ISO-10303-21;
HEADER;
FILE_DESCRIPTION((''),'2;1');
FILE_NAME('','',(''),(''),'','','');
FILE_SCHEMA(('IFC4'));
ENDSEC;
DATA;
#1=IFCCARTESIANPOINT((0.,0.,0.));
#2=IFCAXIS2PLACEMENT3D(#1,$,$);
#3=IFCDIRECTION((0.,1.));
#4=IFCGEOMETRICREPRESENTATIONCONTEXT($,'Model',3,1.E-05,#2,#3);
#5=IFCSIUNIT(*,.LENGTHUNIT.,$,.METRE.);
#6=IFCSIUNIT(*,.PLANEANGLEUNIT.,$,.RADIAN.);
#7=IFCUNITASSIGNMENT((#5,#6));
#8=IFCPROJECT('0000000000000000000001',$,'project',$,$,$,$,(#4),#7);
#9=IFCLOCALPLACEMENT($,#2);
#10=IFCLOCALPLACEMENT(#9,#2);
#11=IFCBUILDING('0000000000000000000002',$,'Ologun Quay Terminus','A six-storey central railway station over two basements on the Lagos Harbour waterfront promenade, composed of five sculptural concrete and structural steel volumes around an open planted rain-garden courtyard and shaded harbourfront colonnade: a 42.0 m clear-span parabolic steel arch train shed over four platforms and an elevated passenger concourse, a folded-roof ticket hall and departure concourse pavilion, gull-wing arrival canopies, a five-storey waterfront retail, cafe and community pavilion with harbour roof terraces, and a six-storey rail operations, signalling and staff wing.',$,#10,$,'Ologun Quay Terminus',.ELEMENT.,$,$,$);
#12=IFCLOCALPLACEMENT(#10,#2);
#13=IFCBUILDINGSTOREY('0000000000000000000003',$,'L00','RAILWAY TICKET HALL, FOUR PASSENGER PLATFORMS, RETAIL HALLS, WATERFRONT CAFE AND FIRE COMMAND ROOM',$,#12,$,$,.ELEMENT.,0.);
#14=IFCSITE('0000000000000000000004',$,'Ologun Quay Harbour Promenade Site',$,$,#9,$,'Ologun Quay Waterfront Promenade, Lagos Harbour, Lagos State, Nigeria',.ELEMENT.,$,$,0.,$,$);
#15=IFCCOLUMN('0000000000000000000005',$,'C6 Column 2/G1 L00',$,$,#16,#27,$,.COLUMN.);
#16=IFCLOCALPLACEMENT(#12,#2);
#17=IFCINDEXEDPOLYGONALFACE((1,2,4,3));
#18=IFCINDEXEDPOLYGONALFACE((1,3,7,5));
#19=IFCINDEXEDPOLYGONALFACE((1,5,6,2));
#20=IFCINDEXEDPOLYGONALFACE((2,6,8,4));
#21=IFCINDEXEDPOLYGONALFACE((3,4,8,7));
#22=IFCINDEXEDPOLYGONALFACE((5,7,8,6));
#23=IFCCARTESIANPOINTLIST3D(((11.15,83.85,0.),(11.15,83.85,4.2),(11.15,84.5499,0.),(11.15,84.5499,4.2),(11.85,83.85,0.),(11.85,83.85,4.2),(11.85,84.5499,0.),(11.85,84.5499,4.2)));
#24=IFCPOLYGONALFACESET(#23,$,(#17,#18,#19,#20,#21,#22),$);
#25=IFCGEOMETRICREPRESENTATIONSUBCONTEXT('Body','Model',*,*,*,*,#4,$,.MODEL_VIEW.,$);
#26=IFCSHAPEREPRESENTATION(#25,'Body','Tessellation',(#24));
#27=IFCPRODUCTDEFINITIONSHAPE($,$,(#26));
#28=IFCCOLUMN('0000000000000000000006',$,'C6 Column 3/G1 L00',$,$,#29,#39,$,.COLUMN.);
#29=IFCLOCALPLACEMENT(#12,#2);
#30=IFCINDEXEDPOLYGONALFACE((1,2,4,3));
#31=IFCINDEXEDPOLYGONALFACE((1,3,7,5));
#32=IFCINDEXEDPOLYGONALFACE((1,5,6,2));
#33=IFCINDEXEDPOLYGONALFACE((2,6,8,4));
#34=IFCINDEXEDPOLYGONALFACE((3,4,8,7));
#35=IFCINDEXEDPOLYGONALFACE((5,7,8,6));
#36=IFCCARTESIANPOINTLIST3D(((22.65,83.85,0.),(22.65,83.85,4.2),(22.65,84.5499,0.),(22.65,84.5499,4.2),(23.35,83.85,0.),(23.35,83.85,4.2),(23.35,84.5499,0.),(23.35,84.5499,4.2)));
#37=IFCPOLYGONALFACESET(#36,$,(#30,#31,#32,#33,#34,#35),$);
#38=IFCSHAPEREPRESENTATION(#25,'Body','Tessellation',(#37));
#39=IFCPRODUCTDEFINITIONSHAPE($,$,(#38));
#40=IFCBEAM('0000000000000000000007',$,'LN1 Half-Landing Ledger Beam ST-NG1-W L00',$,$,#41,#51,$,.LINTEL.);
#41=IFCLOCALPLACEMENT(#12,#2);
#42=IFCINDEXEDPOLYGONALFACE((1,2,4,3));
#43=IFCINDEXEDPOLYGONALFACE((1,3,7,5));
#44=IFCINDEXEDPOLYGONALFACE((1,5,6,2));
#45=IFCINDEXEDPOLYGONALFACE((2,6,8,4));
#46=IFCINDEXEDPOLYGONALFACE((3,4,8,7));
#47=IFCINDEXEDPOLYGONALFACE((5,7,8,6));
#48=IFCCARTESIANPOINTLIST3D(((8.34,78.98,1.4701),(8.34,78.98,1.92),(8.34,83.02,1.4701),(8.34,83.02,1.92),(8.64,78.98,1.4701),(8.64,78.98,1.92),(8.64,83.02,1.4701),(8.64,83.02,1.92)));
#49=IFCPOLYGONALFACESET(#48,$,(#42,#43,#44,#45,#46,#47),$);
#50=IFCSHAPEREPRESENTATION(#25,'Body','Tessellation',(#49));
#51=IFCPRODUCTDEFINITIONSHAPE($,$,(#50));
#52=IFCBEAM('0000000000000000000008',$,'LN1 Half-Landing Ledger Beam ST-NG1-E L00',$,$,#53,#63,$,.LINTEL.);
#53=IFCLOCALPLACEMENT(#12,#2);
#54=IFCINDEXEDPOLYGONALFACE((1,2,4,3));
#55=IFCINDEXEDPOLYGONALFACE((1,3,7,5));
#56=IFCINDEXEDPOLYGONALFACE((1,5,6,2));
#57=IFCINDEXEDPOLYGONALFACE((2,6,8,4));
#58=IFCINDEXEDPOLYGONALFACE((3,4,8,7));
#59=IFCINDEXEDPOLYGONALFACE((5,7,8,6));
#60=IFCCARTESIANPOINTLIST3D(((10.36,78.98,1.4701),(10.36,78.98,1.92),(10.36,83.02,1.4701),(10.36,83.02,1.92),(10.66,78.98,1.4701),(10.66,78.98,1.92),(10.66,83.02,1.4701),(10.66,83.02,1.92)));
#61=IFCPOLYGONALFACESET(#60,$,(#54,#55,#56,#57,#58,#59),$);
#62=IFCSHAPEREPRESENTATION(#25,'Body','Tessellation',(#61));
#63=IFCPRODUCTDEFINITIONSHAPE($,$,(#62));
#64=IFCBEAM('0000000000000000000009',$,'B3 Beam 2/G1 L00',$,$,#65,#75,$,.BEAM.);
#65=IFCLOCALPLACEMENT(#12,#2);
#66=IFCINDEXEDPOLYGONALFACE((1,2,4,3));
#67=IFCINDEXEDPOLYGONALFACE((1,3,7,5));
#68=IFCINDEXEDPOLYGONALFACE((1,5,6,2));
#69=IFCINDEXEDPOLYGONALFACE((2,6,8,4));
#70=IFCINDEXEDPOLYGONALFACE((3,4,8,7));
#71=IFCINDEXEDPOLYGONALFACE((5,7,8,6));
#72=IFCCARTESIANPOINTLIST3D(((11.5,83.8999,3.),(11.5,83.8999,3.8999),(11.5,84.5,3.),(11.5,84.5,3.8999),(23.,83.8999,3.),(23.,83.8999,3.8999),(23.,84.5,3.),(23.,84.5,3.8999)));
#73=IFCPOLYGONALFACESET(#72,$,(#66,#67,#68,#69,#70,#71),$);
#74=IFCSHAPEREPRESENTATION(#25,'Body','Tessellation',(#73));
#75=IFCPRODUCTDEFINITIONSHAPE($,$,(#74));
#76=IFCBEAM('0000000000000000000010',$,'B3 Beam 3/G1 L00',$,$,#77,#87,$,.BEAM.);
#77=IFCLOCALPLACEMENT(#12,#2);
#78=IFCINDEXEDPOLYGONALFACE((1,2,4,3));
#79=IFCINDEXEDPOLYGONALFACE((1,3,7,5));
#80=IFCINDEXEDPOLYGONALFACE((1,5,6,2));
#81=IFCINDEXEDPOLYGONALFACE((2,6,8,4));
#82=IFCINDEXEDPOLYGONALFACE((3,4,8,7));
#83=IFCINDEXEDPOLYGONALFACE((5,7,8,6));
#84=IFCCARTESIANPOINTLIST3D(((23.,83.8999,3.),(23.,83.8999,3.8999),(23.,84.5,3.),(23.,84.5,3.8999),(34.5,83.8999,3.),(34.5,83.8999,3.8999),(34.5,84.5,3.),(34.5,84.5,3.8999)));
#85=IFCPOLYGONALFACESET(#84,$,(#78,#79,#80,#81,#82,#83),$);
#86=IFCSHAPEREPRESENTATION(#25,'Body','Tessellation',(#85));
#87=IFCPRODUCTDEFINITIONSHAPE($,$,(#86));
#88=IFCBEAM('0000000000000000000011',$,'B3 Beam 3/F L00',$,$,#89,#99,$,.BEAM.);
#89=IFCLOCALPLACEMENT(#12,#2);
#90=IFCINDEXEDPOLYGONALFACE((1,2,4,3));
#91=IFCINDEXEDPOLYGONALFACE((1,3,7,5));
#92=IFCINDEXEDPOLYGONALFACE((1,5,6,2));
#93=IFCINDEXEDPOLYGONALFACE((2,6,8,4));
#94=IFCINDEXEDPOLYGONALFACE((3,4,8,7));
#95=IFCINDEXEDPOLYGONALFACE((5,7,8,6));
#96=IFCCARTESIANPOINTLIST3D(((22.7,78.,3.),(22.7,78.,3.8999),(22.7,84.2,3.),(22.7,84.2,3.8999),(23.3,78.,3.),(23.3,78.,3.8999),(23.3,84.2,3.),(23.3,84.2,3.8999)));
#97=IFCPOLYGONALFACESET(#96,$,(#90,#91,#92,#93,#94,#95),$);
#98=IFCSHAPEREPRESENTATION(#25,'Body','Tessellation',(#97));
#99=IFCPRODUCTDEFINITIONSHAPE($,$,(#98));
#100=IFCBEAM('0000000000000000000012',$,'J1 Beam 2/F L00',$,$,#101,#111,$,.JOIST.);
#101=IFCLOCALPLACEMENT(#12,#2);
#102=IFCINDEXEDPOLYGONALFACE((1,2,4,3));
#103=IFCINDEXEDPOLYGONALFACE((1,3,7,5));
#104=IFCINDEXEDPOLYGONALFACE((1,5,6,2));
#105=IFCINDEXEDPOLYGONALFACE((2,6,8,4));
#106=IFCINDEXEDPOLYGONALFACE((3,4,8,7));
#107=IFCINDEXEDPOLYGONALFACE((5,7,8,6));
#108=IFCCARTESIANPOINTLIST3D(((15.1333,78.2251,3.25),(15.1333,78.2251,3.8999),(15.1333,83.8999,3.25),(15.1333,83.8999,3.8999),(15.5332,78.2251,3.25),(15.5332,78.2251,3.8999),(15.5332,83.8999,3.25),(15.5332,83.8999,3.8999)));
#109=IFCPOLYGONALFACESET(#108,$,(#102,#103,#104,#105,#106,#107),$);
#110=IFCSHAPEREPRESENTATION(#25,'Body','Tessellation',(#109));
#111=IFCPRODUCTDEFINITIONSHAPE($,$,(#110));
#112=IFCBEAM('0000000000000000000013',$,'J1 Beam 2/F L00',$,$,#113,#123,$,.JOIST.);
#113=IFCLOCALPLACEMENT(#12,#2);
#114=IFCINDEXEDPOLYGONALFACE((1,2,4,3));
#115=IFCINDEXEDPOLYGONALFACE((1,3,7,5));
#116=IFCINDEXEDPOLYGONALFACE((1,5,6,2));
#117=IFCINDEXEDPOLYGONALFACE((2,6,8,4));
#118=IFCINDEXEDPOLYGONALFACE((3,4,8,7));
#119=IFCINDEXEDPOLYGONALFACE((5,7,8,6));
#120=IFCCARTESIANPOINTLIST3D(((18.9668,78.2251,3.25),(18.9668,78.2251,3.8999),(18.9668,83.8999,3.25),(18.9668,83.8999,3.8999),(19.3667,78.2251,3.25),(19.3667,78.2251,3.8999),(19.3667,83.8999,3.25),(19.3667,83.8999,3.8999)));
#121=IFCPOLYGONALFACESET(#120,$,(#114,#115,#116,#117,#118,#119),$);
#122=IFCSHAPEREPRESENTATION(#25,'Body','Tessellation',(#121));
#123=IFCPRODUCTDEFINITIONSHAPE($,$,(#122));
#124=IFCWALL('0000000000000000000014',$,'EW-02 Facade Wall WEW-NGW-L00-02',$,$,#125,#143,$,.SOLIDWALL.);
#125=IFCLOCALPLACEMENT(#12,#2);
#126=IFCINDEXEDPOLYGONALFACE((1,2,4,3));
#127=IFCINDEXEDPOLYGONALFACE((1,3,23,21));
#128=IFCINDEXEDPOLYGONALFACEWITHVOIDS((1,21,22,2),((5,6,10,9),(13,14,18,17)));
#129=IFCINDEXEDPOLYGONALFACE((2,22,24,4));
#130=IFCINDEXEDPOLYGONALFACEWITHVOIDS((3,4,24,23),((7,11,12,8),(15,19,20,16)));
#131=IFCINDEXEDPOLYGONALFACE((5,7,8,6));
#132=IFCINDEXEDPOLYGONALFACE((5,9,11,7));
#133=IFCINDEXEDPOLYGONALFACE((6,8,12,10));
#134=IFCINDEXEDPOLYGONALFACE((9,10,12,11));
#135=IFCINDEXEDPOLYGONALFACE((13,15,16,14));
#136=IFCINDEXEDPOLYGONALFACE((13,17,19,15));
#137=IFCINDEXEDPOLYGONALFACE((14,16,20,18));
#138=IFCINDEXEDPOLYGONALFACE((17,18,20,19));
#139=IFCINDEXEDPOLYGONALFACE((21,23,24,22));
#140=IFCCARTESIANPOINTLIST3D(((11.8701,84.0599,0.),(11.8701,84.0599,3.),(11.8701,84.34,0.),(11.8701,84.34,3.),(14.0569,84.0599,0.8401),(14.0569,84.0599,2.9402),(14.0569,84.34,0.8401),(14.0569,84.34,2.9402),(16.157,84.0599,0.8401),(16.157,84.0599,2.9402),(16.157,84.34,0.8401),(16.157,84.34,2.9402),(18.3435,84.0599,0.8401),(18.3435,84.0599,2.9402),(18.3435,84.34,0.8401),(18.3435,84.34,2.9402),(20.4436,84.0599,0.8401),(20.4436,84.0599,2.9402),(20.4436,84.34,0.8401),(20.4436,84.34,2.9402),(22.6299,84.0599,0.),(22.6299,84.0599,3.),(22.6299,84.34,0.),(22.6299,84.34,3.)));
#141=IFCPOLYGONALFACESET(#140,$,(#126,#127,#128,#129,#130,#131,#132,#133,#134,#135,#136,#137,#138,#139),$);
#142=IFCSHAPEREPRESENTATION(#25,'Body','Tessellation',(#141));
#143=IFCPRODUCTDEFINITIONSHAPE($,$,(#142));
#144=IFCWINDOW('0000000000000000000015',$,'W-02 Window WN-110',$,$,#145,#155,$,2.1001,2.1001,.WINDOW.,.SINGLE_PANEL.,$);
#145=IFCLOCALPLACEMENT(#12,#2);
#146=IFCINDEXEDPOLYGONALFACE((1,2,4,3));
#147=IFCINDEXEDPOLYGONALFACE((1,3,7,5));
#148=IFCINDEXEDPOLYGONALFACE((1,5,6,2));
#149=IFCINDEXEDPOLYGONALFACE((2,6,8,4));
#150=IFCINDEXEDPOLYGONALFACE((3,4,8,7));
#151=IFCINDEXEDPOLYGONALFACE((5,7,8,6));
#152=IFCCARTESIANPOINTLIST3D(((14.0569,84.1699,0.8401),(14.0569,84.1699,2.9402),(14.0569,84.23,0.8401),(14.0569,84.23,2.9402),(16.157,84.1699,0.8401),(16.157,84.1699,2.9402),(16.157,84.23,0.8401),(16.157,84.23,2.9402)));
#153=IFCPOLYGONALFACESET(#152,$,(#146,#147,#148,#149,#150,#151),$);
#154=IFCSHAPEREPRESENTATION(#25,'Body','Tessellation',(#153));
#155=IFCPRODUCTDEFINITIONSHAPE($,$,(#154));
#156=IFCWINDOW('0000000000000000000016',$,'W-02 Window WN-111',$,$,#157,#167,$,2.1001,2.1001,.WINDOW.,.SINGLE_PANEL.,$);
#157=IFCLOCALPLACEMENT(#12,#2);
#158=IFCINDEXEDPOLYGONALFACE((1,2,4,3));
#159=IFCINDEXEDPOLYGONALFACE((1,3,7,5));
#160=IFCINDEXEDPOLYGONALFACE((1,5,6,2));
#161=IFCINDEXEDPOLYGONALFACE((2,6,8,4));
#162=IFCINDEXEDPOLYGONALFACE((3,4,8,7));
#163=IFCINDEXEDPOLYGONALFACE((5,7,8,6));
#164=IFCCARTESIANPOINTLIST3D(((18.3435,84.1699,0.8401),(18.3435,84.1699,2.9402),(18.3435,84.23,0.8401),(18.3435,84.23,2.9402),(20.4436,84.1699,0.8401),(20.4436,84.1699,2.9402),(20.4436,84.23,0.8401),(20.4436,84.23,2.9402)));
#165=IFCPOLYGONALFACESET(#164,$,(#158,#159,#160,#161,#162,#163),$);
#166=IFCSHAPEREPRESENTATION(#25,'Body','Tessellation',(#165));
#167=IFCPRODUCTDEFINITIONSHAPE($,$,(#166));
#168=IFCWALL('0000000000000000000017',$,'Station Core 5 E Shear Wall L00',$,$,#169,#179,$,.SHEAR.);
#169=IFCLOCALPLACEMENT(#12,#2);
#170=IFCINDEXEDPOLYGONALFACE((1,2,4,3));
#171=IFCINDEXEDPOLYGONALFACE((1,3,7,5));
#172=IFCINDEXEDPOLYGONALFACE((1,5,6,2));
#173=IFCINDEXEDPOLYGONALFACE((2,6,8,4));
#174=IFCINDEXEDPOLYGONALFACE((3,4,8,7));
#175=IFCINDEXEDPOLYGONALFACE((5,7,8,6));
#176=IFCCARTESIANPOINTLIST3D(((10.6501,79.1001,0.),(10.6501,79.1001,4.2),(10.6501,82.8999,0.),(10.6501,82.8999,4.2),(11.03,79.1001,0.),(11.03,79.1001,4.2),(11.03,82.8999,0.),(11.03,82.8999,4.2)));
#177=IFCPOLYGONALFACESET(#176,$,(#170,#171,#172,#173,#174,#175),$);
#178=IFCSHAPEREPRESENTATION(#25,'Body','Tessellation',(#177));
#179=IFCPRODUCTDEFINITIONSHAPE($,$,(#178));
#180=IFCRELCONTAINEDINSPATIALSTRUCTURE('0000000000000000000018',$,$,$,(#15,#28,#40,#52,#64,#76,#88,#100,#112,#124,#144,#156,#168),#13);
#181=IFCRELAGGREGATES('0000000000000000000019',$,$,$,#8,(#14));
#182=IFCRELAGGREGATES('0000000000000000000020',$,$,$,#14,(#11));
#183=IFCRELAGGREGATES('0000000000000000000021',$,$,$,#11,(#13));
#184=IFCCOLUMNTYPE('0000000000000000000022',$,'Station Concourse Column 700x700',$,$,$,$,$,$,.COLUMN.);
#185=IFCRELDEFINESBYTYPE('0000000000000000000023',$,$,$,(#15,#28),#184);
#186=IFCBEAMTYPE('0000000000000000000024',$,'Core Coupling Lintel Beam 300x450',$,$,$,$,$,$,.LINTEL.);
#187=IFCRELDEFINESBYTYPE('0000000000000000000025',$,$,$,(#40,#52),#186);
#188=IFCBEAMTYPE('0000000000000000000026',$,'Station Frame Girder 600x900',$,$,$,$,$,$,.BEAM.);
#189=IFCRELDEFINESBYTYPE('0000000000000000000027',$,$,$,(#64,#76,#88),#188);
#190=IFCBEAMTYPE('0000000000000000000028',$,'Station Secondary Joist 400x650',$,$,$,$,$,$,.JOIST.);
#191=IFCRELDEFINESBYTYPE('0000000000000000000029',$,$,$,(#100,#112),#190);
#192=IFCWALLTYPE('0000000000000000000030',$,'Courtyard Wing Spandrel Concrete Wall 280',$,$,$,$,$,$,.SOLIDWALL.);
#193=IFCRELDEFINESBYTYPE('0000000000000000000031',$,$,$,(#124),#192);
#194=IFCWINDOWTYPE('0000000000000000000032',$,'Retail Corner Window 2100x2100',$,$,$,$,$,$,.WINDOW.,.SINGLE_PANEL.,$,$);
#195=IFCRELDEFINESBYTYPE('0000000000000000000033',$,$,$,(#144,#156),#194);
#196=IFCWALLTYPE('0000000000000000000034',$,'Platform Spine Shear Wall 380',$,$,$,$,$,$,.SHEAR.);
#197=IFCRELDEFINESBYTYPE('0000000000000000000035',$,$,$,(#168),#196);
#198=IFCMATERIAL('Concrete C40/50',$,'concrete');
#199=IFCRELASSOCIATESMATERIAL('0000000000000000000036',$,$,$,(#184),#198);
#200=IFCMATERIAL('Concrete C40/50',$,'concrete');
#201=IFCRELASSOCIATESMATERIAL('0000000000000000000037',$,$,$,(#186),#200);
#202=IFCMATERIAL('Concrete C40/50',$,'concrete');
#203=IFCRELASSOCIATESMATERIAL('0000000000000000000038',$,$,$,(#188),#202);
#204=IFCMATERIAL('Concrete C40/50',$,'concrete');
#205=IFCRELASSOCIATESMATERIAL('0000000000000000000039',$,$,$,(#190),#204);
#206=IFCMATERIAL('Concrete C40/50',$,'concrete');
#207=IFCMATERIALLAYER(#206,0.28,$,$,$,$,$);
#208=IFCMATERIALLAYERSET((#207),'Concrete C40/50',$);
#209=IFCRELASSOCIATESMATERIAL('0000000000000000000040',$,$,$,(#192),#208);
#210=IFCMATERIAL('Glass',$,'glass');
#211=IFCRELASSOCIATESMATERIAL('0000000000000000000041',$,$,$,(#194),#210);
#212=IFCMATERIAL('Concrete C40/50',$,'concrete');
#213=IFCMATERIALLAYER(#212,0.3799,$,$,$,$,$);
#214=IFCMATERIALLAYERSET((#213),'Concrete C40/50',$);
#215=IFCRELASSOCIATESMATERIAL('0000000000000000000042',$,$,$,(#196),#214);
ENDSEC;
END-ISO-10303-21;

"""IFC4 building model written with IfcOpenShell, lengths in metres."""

from ifc_helpers import new_model, si_unit, direction, frame, frame_2d, origin, origin_2d, place, context, subcontext, project, spatial, rectangle, extrude, material, layer, layer_set, material_profile, profile_set, type_object, element, fill, save


model = new_model("IFC4")

# Units and contexts
model_context = context("Model", 3, precision=1e-05, world=origin(), true_north=direction((0.0, 1.0)))
body_context = subcontext(model_context, "Body", "Model", "MODEL_VIEW")
ifc_project = project(units=[si_unit("LENGTHUNIT", "METRE"), si_unit("PLANEANGLEUNIT", "RADIAN")], contexts=[model_context])

# Site, building, storey
site_placement = place(None, origin())
site = spatial("IfcSite", under=ifc_project, at=site_placement, Name="Ologun Quay Harbour Promenade Site", LongName="Ologun Quay Waterfront Promenade, Lagos Harbour, Lagos State, Nigeria", CompositionType="ELEMENT", RefElevation=0.0)
building_placement = place(site_placement, origin())
building = spatial("IfcBuilding", under=site, at=building_placement, Name="Ologun Quay Terminus", Description="A six-storey central railway station over two basements on the Lagos Harbour waterfront promenade, composed of five sculptural concrete and structural steel volumes around an open planted rain-garden courtyard and shaded harbourfront colonnade: a 42.0 m clear-span parabolic steel arch train shed over four platforms and an elevated passenger concourse, a folded-roof ticket hall and departure concourse pavilion, gull-wing arrival canopies, a five-storey waterfront retail, cafe and community pavilion with harbour roof terraces, and a six-storey rail operations, signalling and staff wing.", LongName="Ologun Quay Terminus", CompositionType="ELEMENT")
storey_placement = place(building_placement, origin())
storey = spatial("IfcBuildingStorey", under=building, at=storey_placement, Name="L00", Description="RAILWAY TICKET HALL, FOUR PASSENGER PLATFORMS, RETAIL HALLS, WATERFRONT CAFE AND FIRE COMMAND ROOM", CompositionType="ELEMENT", Elevation=0.0)

# Columns
ifc_material_1 = material(Name="Concrete C40/50", Category="concrete")
ifc_material_profile_1 = material_profile(ifc_material_1, rectangle(XDim=0.7, YDim=0.7, at=origin_2d()), Name="RC 700x700")
ifc_profile_set_1 = profile_set([ifc_material_profile_1], Name="Concrete C40/50")
column_type = type_object("IfcColumnType", Name="Station Concourse Column 700x700", PredefinedType="COLUMN", material=ifc_profile_set_1)
for number, where, z_axis, x_axis, name in (
    (1, (11.5, 84.2, 0.0), (0.0, 0.0, 1.0), (1.0, 0.0, 0.0), "C6 Column 2/G1 L00"),
    (2, (23.0, 84.2, 0.0), (0.0, 0.0, 1.0), (1.0, 0.0, 0.0), "C6 Column 3/G1 L00"),
):
    element("IfcColumn", number, at=place(storey_placement, frame(where, z_axis=z_axis, x_axis=x_axis)), inside=storey, type_object=column_type, Name=name, PredefinedType="COLUMN", context=body_context, shape_type="SweptSolid", body=[
        extrude(rectangle(XDim=0.7, YDim=0.7, at=origin_2d()), origin(), (0.0, 0.0, 1.0), 4.2),
    ])

# Beams
ifc_material_2 = material(Name="Concrete C40/50", Category="concrete")
ifc_material_profile_2 = material_profile(ifc_material_2, rectangle(XDim=0.3, YDim=0.45, at=origin_2d()), Name="RC 300x450")
ifc_profile_set_2 = profile_set([ifc_material_profile_2], Name="Concrete C40/50")
beam_type_1 = type_object("IfcBeamType", Name="Core Coupling Lintel Beam 300x450", PredefinedType="LINTEL", material=ifc_profile_set_2)
for number, where, z_axis, x_axis, name in (
    (3, (8.49, 78.98, 1.6951), (0.0, 1.0, 0.0), (-1.0, 0.0, 0.0), "LN1 Half-Landing Ledger Beam ST-NG1-W L00"),
    (4, (10.51, 78.98, 1.6951), (0.0, 1.0, 0.0), (-1.0, 0.0, 0.0), "LN1 Half-Landing Ledger Beam ST-NG1-E L00"),
):
    element("IfcBeam", number, at=place(storey_placement, frame(where, z_axis=z_axis, x_axis=x_axis)), inside=storey, type_object=beam_type_1, Name=name, PredefinedType="LINTEL", context=body_context, shape_type="SweptSolid", body=[
        extrude(rectangle(XDim=0.3, YDim=0.45, at=origin_2d()), origin(), (0.0, 0.0, 1.0), 4.04),
    ])
ifc_material_3 = material(Name="Concrete C40/50", Category="concrete")
ifc_material_profile_3 = material_profile(ifc_material_3, rectangle(XDim=0.6001, YDim=0.8999, at=origin_2d()), Name="RC 600x900")
ifc_profile_set_3 = profile_set([ifc_material_profile_3], Name="Concrete C40/50")
beam_type_2 = type_object("IfcBeamType", Name="Station Frame Girder 600x900", PredefinedType="BEAM", material=ifc_profile_set_3)
for number, where, z_axis, x_axis, name in (
    (5, (11.5, 84.2, 3.45), (1.0, 0.0, 0.0), (0.0, 1.0, 0.0), "B3 Beam 2/G1 L00"),
    (6, (23.0, 84.2, 3.45), (1.0, 0.0, 0.0), (0.0, 1.0, 0.0), "B3 Beam 3/G1 L00"),
):
    element("IfcBeam", number, at=place(storey_placement, frame(where, z_axis=z_axis, x_axis=x_axis)), inside=storey, type_object=beam_type_2, Name=name, PredefinedType="BEAM", context=body_context, shape_type="SweptSolid", body=[
        extrude(rectangle(XDim=0.6001, YDim=0.8999, at=origin_2d()), origin(), (0.0, 0.0, 1.0), 11.5),
    ])
beam_placement = place(storey_placement, frame((23.0, 78.0, 3.45), z_axis=(0.0, 1.0, 0.0), x_axis=(-1.0, 0.0, 0.0)))
element("IfcBeam", 7, at=beam_placement, inside=storey, type_object=beam_type_2, Name="B3 Beam 3/F L00", PredefinedType="BEAM", context=body_context, shape_type="SweptSolid", body=[
    extrude(rectangle(XDim=0.6001, YDim=0.8999, at=origin_2d()), origin(), (0.0, 0.0, 1.0), 6.2),
])
ifc_material_4 = material(Name="Concrete C40/50", Category="concrete")
ifc_material_profile_4 = material_profile(ifc_material_4, rectangle(XDim=0.3999, YDim=0.6499, at=origin_2d()), Name="RC 400x650")
ifc_profile_set_4 = profile_set([ifc_material_profile_4], Name="Concrete C40/50")
beam_type_3 = type_object("IfcBeamType", Name="Station Secondary Joist 400x650", PredefinedType="JOIST", material=ifc_profile_set_4)
for number, where, z_axis, x_axis, name in (
    (8, (15.3333, 78.2251, 3.575), (0.0, 1.0, 0.0), (-1.0, 0.0, 0.0), "J1 Beam 2/F L00"),
    (9, (19.1667, 78.2251, 3.575), (0.0, 1.0, 0.0), (-1.0, 0.0, 0.0), "J1 Beam 2/F L00"),
):
    element("IfcBeam", number, at=place(storey_placement, frame(where, z_axis=z_axis, x_axis=x_axis)), inside=storey, type_object=beam_type_3, Name=name, PredefinedType="JOIST", context=body_context, shape_type="SweptSolid", body=[
        extrude(rectangle(XDim=0.3999, YDim=0.6499, at=origin_2d()), origin(), (0.0, 0.0, 1.0), 5.6748),
    ])

# Wall, openings, windows
ifc_material_5 = material(Name="Concrete C40/50", Category="concrete")
ifc_layer_1 = layer(ifc_material_5, 0.28)
ifc_layer_set_1 = layer_set([ifc_layer_1], Name="Concrete C40/50")
wall_type_1 = type_object("IfcWallType", Name="Courtyard Wing Spandrel Concrete Wall 280", PredefinedType="SOLIDWALL", material=ifc_layer_set_1)
wall_1_placement = place(storey_placement, frame((11.8701, 84.2, 0.0), z_axis=(0.0, 0.0, 1.0), x_axis=(1.0, 0.0, 0.0)))
wall_1 = element("IfcWall", 10, at=wall_1_placement, inside=storey, type_object=wall_type_1, Name="EW-02 Facade Wall WEW-NGW-L00-02", PredefinedType="SOLIDWALL", context=body_context, shape_type="SweptSolid", body=[
    extrude(rectangle(XDim=10.7598, YDim=0.28, at=frame_2d((5.3799, 0.0))), origin(), (0.0, 0.0, 1.0), 3.0),
])
opening_1_placement = place(wall_1_placement, frame((2.1868, 0.0, 0.8401)))
opening_1 = element("IfcOpeningElement", 11, at=opening_1_placement, cuts=wall_1, PredefinedType="OPENING", context=body_context, shape_type="SweptSolid", body=[
    extrude(rectangle(XDim=2.1001, YDim=2.1001, at=frame_2d((1.05, 1.05))), frame((0.0, 0.1499, 0.0), z_axis=(0.0, -1.0, 0.0), x_axis=(1.0, 0.0, 0.0)), (0.0, 0.0, 1.0), 0.3),
])
opening_2_placement = place(wall_1_placement, frame((6.4734, 0.0, 0.8401)))
opening_2 = element("IfcOpeningElement", 12, at=opening_2_placement, cuts=wall_1, PredefinedType="OPENING", context=body_context, shape_type="SweptSolid", body=[
    extrude(rectangle(XDim=2.1001, YDim=2.1001, at=frame_2d((1.05, 1.05))), frame((0.0, 0.1499, 0.0), z_axis=(0.0, -1.0, 0.0), x_axis=(1.0, 0.0, 0.0)), (0.0, 0.0, 1.0), 0.3),
])
ifc_material_6 = material(Name="Glass", Category="glass")
window_type = type_object("IfcWindowType", Name="Retail Corner Window 2100x2100", PartitioningType="SINGLE_PANEL", PredefinedType="WINDOW", material=ifc_material_6)
window_1_placement = place(opening_1_placement, origin())
window_1 = element("IfcWindow", 13, at=window_1_placement, inside=storey, type_object=window_type, Name="W-02 Window WN-110", OverallHeight=2.1001, OverallWidth=2.1001, PartitioningType="SINGLE_PANEL", PredefinedType="WINDOW", context=body_context, shape_type="SweptSolid", body=[
    extrude(rectangle(XDim=2.1001, YDim=2.1001, at=frame_2d((1.05, 1.05))), frame((0.0, 0.03, 0.0), z_axis=(0.0, -1.0, 0.0), x_axis=(1.0, 0.0, 0.0)), (0.0, 0.0, 1.0), 0.0601),
])
fill(opening_1, window_1)
window_2_placement = place(opening_2_placement, origin())
window_2 = element("IfcWindow", 14, at=window_2_placement, inside=storey, type_object=window_type, Name="W-02 Window WN-111", OverallHeight=2.1001, OverallWidth=2.1001, PartitioningType="SINGLE_PANEL", PredefinedType="WINDOW", context=body_context, shape_type="SweptSolid", body=[
    extrude(rectangle(XDim=2.1001, YDim=2.1001, at=frame_2d((1.05, 1.05))), frame((0.0, 0.03, 0.0), z_axis=(0.0, -1.0, 0.0), x_axis=(1.0, 0.0, 0.0)), (0.0, 0.0, 1.0), 0.0601),
])
fill(opening_2, window_2)

# Wall
ifc_material_7 = material(Name="Concrete C40/50", Category="concrete")
ifc_layer_2 = layer(ifc_material_7, 0.3799)
ifc_layer_set_2 = layer_set([ifc_layer_2], Name="Concrete C40/50")
wall_type_2 = type_object("IfcWallType", Name="Platform Spine Shear Wall 380", PredefinedType="SHEAR", material=ifc_layer_set_2)
wall_2_placement = place(storey_placement, frame((10.8401, 79.1001, 0.0), z_axis=(0.0, 0.0, 1.0), x_axis=(0.0, 1.0, 0.0)))
element("IfcWall", 15, at=wall_2_placement, inside=storey, type_object=wall_type_2, Name="Station Core 5 E Shear Wall L00", PredefinedType="SHEAR", context=body_context, shape_type="SweptSolid", body=[
    extrude(rectangle(XDim=3.7998, YDim=0.3799, at=frame_2d((1.8999, 0.0))), origin(), (0.0, 0.0, 1.0), 4.2),
])

save(model, "model.ifc")
